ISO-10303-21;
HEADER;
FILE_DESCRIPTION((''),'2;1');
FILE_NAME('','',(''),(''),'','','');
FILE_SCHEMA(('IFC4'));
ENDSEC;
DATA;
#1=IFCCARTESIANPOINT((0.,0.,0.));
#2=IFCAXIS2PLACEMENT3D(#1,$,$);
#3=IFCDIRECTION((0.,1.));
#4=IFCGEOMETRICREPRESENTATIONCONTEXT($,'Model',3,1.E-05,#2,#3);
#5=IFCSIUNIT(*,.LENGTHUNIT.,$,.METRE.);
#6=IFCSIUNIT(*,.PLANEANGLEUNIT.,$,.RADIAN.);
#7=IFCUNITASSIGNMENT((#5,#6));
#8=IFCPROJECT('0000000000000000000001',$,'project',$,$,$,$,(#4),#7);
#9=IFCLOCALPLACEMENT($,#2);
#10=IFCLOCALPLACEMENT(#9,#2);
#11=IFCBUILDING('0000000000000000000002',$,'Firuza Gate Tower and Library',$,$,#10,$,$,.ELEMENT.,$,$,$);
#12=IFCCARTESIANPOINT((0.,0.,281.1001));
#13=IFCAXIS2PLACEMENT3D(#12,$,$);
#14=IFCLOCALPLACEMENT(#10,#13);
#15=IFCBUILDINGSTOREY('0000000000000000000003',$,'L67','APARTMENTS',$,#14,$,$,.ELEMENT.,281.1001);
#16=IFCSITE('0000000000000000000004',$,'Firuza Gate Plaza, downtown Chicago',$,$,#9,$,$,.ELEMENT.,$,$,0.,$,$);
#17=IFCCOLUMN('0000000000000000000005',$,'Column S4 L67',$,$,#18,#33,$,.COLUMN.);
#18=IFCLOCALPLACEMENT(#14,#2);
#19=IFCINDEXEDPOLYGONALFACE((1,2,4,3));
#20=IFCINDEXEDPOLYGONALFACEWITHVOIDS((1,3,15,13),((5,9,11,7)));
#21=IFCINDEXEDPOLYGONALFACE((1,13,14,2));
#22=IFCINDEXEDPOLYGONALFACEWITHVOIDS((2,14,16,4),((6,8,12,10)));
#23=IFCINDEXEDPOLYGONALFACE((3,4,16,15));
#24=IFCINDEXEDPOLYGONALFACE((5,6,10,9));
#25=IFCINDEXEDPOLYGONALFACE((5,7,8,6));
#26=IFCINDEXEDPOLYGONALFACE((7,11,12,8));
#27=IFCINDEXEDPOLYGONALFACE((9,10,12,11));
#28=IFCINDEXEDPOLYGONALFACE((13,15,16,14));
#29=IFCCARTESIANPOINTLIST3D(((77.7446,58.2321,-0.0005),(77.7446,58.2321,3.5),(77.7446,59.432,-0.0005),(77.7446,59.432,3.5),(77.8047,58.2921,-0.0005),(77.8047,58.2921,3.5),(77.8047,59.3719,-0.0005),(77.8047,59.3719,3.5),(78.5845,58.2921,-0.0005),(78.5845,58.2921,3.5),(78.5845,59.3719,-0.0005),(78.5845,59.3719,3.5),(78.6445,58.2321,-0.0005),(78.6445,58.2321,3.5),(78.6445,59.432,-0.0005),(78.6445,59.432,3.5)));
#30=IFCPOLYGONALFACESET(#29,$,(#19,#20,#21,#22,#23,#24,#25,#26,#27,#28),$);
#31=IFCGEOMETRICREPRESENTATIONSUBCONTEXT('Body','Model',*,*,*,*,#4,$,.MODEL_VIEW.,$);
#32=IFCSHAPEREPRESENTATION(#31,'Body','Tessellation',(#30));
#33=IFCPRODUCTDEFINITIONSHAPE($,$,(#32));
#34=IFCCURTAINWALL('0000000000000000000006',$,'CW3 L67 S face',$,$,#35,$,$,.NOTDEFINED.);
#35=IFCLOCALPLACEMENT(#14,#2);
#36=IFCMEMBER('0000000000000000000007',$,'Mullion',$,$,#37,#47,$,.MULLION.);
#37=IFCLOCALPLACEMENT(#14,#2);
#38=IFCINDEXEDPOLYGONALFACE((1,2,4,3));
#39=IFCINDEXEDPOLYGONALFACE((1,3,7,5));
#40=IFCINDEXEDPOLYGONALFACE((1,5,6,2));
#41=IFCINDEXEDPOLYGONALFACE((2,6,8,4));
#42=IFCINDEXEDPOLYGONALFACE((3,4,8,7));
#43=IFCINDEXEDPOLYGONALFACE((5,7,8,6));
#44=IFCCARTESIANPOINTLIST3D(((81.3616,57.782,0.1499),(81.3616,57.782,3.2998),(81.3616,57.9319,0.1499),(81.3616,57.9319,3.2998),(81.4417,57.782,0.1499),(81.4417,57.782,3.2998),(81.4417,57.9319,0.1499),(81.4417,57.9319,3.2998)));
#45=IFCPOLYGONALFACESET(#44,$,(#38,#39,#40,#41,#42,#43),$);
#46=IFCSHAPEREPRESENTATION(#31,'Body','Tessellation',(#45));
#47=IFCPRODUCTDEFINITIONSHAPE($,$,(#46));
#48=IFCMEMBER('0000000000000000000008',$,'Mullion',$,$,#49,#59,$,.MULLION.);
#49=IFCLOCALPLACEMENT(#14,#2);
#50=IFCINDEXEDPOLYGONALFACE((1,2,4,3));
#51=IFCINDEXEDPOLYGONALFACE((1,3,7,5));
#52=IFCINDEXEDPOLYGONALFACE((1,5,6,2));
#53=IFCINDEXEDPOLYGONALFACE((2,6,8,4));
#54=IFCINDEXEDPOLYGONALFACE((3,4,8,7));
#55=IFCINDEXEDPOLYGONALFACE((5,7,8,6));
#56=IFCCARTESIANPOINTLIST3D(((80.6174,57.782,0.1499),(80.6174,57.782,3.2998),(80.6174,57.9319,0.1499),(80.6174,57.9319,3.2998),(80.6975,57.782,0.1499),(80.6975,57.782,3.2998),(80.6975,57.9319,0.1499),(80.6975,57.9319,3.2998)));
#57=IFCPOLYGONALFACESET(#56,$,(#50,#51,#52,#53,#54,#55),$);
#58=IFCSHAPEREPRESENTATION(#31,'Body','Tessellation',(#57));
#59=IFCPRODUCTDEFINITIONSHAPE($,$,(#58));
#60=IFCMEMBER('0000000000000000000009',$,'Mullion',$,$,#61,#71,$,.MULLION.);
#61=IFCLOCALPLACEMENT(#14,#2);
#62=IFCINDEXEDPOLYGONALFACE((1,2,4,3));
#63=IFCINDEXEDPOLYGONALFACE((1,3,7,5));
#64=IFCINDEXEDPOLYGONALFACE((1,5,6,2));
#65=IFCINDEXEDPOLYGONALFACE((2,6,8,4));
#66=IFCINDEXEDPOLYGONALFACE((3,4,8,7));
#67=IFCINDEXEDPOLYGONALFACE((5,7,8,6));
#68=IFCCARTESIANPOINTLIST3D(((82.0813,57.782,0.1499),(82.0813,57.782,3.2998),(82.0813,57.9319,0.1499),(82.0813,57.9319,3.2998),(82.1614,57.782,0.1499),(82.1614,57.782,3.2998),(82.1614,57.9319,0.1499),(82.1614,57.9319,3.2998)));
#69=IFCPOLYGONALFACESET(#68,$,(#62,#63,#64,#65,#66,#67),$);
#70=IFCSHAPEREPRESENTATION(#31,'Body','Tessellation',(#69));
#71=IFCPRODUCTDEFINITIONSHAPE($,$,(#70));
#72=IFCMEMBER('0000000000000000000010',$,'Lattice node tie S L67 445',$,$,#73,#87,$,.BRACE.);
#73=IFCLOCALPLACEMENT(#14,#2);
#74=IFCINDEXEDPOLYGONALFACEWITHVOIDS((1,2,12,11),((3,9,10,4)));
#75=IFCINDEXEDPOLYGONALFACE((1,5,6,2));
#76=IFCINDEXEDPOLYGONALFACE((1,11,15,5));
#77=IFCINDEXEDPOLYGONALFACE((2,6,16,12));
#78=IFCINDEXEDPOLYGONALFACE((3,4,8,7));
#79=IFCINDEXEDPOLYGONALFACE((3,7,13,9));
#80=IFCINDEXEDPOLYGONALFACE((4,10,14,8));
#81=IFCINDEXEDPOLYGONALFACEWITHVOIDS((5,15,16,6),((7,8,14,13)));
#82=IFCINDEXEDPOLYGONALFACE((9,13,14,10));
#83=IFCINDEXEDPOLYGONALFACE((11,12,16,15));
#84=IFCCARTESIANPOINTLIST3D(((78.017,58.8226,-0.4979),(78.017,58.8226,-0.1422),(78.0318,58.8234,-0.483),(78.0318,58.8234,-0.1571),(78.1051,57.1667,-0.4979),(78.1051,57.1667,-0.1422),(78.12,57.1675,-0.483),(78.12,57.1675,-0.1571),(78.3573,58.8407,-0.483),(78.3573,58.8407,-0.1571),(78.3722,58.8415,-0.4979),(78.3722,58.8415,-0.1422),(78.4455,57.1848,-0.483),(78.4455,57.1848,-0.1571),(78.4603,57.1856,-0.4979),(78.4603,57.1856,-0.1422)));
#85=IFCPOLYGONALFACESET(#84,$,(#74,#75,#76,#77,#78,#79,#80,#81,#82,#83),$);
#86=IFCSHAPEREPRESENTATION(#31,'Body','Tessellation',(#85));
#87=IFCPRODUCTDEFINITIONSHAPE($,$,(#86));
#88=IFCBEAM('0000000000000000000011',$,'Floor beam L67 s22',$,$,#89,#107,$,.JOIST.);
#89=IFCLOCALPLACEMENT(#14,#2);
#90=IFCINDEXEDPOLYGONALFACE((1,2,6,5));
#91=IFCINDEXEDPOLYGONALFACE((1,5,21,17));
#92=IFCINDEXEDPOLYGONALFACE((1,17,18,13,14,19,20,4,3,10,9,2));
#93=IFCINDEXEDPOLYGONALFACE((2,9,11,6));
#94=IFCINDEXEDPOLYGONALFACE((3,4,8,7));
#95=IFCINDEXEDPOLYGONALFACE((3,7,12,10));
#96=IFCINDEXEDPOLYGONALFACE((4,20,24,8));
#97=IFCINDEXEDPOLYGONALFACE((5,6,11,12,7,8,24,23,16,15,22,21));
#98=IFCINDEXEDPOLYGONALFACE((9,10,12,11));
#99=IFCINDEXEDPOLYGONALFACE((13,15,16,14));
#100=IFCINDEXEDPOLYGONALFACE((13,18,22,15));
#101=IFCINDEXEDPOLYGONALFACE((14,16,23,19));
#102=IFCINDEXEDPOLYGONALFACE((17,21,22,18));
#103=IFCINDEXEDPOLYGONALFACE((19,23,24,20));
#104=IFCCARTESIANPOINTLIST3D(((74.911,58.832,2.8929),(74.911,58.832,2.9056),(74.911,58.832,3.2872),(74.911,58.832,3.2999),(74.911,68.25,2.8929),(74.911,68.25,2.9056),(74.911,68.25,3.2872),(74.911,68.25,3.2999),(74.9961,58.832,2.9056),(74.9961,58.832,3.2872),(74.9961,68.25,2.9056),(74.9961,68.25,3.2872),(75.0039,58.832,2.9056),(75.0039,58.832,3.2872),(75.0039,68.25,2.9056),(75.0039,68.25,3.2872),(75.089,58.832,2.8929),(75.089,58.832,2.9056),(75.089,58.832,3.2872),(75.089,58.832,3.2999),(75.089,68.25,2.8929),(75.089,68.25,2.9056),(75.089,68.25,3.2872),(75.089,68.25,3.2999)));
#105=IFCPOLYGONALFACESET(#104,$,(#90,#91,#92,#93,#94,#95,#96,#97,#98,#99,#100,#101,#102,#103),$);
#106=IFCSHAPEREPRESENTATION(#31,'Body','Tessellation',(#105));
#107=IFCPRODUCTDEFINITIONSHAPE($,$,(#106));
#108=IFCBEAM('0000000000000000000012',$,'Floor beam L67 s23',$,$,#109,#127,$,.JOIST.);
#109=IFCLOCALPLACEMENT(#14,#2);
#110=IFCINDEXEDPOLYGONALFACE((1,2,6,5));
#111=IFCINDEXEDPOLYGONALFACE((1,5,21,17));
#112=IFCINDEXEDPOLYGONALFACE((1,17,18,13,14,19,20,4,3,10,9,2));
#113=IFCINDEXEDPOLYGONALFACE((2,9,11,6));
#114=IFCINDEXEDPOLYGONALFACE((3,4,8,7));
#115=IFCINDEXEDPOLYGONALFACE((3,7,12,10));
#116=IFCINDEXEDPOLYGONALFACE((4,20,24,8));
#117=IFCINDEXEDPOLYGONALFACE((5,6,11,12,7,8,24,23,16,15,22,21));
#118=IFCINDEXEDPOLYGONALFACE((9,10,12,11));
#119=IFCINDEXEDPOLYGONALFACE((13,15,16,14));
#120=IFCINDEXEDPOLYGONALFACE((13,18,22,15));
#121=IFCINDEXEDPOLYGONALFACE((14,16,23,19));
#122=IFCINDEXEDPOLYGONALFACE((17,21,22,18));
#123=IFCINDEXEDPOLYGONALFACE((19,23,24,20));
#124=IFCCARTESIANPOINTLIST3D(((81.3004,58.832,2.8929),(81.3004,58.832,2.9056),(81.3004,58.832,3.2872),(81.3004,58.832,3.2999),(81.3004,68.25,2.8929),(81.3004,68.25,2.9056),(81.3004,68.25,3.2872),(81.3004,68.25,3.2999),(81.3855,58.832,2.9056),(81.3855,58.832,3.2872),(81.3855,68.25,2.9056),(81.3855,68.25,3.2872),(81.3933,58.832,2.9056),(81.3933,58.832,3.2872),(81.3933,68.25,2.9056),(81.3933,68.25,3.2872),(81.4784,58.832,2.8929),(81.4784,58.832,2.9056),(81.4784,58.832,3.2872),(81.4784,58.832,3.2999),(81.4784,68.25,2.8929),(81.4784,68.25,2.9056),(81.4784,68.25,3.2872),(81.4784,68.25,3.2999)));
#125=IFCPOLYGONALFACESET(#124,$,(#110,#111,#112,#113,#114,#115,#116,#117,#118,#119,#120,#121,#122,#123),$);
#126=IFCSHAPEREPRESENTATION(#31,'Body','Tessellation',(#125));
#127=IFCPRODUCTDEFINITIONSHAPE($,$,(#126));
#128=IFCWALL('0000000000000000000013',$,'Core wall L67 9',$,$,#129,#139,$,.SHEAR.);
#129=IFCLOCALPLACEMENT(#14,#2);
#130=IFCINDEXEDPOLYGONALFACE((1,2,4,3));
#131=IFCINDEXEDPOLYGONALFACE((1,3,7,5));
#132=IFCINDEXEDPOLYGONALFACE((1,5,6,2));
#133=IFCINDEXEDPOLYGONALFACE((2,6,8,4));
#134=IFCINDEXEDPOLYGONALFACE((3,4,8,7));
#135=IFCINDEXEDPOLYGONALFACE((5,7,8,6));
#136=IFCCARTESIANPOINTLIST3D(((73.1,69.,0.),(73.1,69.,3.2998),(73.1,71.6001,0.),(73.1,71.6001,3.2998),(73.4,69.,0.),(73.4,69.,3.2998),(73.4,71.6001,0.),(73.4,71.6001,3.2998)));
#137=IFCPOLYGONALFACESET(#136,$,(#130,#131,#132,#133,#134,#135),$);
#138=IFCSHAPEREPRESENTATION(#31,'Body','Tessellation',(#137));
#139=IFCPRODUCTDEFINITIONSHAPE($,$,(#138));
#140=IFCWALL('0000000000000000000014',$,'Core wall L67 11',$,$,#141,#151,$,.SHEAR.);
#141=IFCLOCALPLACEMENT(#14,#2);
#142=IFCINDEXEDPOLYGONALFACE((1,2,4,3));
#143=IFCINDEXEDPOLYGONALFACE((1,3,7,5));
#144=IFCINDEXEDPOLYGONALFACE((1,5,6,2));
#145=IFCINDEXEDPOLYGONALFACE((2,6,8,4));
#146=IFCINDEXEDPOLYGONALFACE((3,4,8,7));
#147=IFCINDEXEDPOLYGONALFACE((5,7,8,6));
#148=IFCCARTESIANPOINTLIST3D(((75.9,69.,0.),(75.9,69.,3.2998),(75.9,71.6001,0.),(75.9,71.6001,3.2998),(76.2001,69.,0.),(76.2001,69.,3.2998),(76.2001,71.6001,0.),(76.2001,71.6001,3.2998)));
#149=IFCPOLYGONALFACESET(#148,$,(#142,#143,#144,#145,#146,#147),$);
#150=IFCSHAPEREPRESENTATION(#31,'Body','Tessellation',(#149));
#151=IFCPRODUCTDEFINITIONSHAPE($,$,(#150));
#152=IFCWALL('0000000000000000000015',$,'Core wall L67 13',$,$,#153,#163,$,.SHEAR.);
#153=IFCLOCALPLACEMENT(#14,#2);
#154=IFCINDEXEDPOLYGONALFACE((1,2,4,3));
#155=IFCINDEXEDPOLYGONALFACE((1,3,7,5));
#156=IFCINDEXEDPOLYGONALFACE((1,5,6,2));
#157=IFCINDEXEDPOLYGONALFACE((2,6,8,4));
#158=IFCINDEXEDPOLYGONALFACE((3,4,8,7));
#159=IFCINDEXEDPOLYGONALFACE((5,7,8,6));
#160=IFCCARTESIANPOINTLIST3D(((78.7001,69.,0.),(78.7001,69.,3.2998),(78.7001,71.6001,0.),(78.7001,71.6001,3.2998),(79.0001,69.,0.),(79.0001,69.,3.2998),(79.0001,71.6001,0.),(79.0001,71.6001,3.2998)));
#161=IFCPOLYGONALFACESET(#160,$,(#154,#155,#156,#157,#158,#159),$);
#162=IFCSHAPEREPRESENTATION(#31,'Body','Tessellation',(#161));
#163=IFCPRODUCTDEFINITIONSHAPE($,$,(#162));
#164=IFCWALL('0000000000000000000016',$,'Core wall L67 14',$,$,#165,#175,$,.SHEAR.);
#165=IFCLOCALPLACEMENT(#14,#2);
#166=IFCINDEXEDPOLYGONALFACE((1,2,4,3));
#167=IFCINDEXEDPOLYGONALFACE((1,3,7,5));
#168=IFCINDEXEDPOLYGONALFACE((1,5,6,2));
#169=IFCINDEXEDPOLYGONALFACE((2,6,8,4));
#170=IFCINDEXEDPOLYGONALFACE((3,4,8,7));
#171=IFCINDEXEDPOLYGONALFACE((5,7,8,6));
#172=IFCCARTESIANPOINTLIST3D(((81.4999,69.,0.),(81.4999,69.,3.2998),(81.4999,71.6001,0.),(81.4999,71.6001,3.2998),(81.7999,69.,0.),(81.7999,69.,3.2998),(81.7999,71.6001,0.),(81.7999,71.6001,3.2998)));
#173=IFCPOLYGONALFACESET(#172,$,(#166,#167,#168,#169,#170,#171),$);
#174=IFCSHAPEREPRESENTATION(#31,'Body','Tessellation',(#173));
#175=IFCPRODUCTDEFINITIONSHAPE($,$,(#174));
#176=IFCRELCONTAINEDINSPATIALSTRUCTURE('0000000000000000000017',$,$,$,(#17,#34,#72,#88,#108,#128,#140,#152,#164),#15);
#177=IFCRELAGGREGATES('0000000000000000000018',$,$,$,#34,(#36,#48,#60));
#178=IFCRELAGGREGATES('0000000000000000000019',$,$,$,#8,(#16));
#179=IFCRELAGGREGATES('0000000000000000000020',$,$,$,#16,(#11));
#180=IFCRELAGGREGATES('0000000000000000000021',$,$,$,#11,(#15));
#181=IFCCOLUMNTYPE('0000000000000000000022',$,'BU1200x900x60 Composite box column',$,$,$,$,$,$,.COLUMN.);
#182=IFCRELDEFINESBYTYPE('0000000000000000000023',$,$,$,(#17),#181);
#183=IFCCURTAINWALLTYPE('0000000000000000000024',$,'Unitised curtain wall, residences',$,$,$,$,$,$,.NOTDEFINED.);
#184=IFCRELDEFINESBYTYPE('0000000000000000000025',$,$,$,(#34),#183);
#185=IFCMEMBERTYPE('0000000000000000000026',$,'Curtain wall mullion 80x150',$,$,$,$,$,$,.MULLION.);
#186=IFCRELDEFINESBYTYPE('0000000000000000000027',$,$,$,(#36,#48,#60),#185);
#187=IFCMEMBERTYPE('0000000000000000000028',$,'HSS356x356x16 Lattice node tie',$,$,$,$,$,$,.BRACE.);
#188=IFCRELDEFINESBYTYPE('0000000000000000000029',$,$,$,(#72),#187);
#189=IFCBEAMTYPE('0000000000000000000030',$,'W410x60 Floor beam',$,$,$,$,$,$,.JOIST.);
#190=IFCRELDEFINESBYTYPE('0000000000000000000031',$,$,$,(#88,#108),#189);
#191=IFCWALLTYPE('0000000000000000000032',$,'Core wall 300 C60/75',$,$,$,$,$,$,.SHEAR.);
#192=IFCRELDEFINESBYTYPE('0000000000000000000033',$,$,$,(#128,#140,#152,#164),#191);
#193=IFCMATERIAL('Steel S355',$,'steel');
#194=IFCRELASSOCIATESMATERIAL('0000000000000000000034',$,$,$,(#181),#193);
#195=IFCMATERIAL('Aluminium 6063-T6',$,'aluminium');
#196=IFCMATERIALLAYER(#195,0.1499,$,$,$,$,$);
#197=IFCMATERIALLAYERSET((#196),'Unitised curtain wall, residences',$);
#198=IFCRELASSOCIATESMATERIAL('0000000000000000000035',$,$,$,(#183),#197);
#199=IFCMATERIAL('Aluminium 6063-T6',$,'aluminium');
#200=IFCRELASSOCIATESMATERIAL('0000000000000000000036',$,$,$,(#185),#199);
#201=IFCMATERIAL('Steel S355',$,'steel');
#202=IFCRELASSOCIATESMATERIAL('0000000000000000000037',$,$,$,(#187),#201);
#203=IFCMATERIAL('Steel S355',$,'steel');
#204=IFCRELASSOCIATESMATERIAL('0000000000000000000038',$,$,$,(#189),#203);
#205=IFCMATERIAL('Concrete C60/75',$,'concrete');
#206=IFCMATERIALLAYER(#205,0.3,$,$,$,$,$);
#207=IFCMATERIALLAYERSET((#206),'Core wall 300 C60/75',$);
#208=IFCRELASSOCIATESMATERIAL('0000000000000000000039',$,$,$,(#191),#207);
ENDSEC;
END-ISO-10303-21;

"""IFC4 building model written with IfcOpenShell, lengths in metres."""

from ifc_helpers import new_model, si_unit, direction, frame, frame_2d, origin, origin_2d, place, context, subcontext, project, spatial, rectangle, hollow_rectangle, i_section, extrude, material, layer, layer_set, material_profile, profile_set, type_object, element, aggregate, save


model = new_model("IFC4")

# Units and contexts
model_context = context("Model", 3, precision=1e-05, world=origin(), true_north=direction((0.0, 1.0)))
body_context = subcontext(model_context, "Body", "Model", "MODEL_VIEW")
ifc_project = project(units=[si_unit("LENGTHUNIT", "METRE"), si_unit("PLANEANGLEUNIT", "RADIAN")], contexts=[model_context])

# Site, building, storey
site_placement = place(None, origin())
site = spatial("IfcSite", under=ifc_project, at=site_placement, Name="Firuza Gate Plaza, downtown Chicago", CompositionType="ELEMENT", RefElevation=0.0)
building_placement = place(site_placement, origin())
building = spatial("IfcBuilding", under=site, at=building_placement, Name="Firuza Gate Tower and Library", CompositionType="ELEMENT")
storey_placement = place(building_placement, frame((0.0, 0.0, 281.1001)))
storey = spatial("IfcBuildingStorey", under=building, at=storey_placement, Name="L67", Description="APARTMENTS", CompositionType="ELEMENT", Elevation=281.1001)

# Column
ifc_material_1 = material(Name="Steel S355", Category="steel")
ifc_material_profile_1 = material_profile(ifc_material_1, hollow_rectangle(XDim=0.8999, YDim=1.2, WallThickness=0.0601, at=origin_2d()))
ifc_profile_set_1 = profile_set([ifc_material_profile_1], Name="Steel S355")
column_type = type_object("IfcColumnType", Name="BU1200x900x60 Composite box column", PredefinedType="COLUMN", material=ifc_profile_set_1)
column_placement = place(storey_placement, frame((78.1946, 58.832, -0.0005), z_axis=(0.0, 0.0, 1.0), x_axis=(1.0, 0.0, 0.0)))
element("IfcColumn", 1, at=column_placement, inside=storey, type_object=column_type, Name="Column S4 L67", PredefinedType="COLUMN", context=body_context, shape_type="SweptSolid", body=[
    extrude(hollow_rectangle(XDim=0.8999, YDim=1.2, WallThickness=0.0601, at=origin_2d()), origin(), (0.0, 0.0, 1.0), 3.5005),
])

# Curtain wall, members
ifc_material_2 = material(Name="Aluminium 6063-T6", Category="aluminium")
ifc_layer_1 = layer(ifc_material_2, 0.1499)
ifc_layer_set_1 = layer_set([ifc_layer_1], Name="Unitised curtain wall, residences")
curtain_wall_type = type_object("IfcCurtainWallType", Name="Unitised curtain wall, residences", PredefinedType="NOTDEFINED", material=ifc_layer_set_1)
curtain_wall_placement = place(storey_placement, origin())
curtain_wall = element("IfcCurtainWall", 2, at=curtain_wall_placement, inside=storey, type_object=curtain_wall_type, Name="CW3 L67 S face", PredefinedType="NOTDEFINED")
ifc_material_3 = material(Name="Aluminium 6063-T6", Category="aluminium")
ifc_material_profile_2 = material_profile(ifc_material_3, rectangle(XDim=0.1499, YDim=0.0801, at=origin_2d()))
ifc_profile_set_2 = profile_set([ifc_material_profile_2], Name="Aluminium 6063-T6")
member_type_1 = type_object("IfcMemberType", Name="Curtain wall mullion 80x150", PredefinedType="MULLION", material=ifc_profile_set_2)
member_1_placement = place(storey_placement, frame((81.4016, 57.8569, 0.1499), z_axis=(0.0, 0.0, 1.0), x_axis=(0.0, 1.0, 0.0)))
member_1 = element("IfcMember", 3, at=member_1_placement, type_object=member_type_1, Name="Mullion", PredefinedType="MULLION", context=body_context, shape_type="SweptSolid", body=[
    extrude(rectangle(XDim=0.1499, YDim=0.0801, at=origin_2d()), origin(), (0.0, 0.0, 1.0), 3.1499),
])
member_2_placement = place(storey_placement, frame((80.6575, 57.8569, 0.1499), z_axis=(0.0, 0.0, 1.0), x_axis=(0.0, 1.0, 0.0)))
member_2 = element("IfcMember", 4, at=member_2_placement, type_object=member_type_1, Name="Mullion", PredefinedType="MULLION", context=body_context, shape_type="SweptSolid", body=[
    extrude(rectangle(XDim=0.1499, YDim=0.0801, at=origin_2d()), origin(), (0.0, 0.0, 1.0), 3.1499),
])
member_3_placement = place(storey_placement, frame((82.1213, 57.8569, 0.1499), z_axis=(0.0, 0.0, 1.0), x_axis=(0.0, 1.0, 0.0)))
member_3 = element("IfcMember", 5, at=member_3_placement, type_object=member_type_1, Name="Mullion", PredefinedType="MULLION", context=body_context, shape_type="SweptSolid", body=[
    extrude(rectangle(XDim=0.1499, YDim=0.0801, at=origin_2d()), origin(), (0.0, 0.0, 1.0), 3.1499),
])
aggregate(curtain_wall, [member_1, member_2, member_3])

# Member
ifc_material_4 = material(Name="Steel S355", Category="steel")
ifc_material_profile_3 = material_profile(ifc_material_4, hollow_rectangle(XDim=0.3557, YDim=0.3557, WallThickness=0.0149, at=origin_2d()))
ifc_profile_set_3 = profile_set([ifc_material_profile_3], Name="Steel S355")
member_type_2 = type_object("IfcMemberType", Name="HSS356x356x16 Lattice node tie", PredefinedType="BRACE", material=ifc_profile_set_3)
member_4_placement = place(storey_placement, frame((78.1946, 58.832, -0.3201), z_axis=(0.053154, -0.998586, 0.0), x_axis=(0.998586, 0.053154, 0.0)))
element("IfcMember", 6, at=member_4_placement, inside=storey, type_object=member_type_2, Name="Lattice node tie S L67 445", PredefinedType="BRACE", context=body_context, shape_type="SweptSolid", body=[
    extrude(hollow_rectangle(XDim=0.3557, YDim=0.3557, WallThickness=0.0149, at=origin_2d()), origin(), (0.0, 0.0, 1.0), 1.6582),
])

# Beams
ifc_material_5 = material(Name="Steel S355", Category="steel")
ifc_material_profile_4 = material_profile(ifc_material_5, i_section(OverallWidth=0.178, OverallDepth=0.407, WebThickness=0.0078, FlangeThickness=0.0127, at=origin_2d()))
ifc_profile_set_4 = profile_set([ifc_material_profile_4], Name="Steel S355")
beam_type = type_object("IfcBeamType", Name="W410x60 Floor beam", PredefinedType="JOIST", material=ifc_profile_set_4)
for number, where, z_axis, x_axis, name in (
    (7, (75.0, 58.832, 3.0964), (0.0, 1.0, 0.0), (-1.0, 0.0, 0.0), "Floor beam L67 s22"),
    (8, (81.3894, 58.832, 3.0964), (0.0, 1.0, 0.0), (-1.0, 0.0, 0.0), "Floor beam L67 s23"),
):
    element("IfcBeam", number, at=place(storey_placement, frame(where, z_axis=z_axis, x_axis=x_axis)), inside=storey, type_object=beam_type, Name=name, PredefinedType="JOIST", context=body_context, shape_type="SweptSolid", body=[
        extrude(i_section(OverallWidth=0.178, OverallDepth=0.407, WebThickness=0.0078, FlangeThickness=0.0127, at=origin_2d()), origin(), (0.0, 0.0, 1.0), 9.418),
    ])

# Walls
ifc_material_6 = material(Name="Concrete C60/75", Category="concrete")
ifc_layer_2 = layer(ifc_material_6, 0.3)
ifc_layer_set_2 = layer_set([ifc_layer_2], Name="Core wall 300 C60/75")
wall_type_1 = type_object("IfcWallType", Name="Core wall 300 C60/75", PredefinedType="SHEAR", material=ifc_layer_set_2)
for number, where, z_axis, x_axis, name in (
    (9, (73.25, 69.0, 0.0), (0.0, 0.0, 1.0), (0.0, 1.0, 0.0), "Core wall L67 9"),
    (10, (76.05, 69.0, 0.0), (0.0, 0.0, 1.0), (0.0, 1.0, 0.0), "Core wall L67 11"),
    (11, (78.8501, 69.0, 0.0), (0.0, 0.0, 1.0), (0.0, 1.0, 0.0), "Core wall L67 13"),
    (12, (81.6499, 69.0, 0.0), (0.0, 0.0, 1.0), (0.0, 1.0, 0.0), "Core wall L67 14"),
):
    element("IfcWall", number, at=place(storey_placement, frame(where, z_axis=z_axis, x_axis=x_axis)), inside=storey, type_object=wall_type_1, Name=name, PredefinedType="SHEAR", context=body_context, shape_type="SweptSolid", body=[
        extrude(rectangle(XDim=2.6001, YDim=0.3, at=frame_2d((1.3, 0.0))), origin(), (0.0, 0.0, 1.0), 3.2998),
    ])

save(model, "model.ifc")
